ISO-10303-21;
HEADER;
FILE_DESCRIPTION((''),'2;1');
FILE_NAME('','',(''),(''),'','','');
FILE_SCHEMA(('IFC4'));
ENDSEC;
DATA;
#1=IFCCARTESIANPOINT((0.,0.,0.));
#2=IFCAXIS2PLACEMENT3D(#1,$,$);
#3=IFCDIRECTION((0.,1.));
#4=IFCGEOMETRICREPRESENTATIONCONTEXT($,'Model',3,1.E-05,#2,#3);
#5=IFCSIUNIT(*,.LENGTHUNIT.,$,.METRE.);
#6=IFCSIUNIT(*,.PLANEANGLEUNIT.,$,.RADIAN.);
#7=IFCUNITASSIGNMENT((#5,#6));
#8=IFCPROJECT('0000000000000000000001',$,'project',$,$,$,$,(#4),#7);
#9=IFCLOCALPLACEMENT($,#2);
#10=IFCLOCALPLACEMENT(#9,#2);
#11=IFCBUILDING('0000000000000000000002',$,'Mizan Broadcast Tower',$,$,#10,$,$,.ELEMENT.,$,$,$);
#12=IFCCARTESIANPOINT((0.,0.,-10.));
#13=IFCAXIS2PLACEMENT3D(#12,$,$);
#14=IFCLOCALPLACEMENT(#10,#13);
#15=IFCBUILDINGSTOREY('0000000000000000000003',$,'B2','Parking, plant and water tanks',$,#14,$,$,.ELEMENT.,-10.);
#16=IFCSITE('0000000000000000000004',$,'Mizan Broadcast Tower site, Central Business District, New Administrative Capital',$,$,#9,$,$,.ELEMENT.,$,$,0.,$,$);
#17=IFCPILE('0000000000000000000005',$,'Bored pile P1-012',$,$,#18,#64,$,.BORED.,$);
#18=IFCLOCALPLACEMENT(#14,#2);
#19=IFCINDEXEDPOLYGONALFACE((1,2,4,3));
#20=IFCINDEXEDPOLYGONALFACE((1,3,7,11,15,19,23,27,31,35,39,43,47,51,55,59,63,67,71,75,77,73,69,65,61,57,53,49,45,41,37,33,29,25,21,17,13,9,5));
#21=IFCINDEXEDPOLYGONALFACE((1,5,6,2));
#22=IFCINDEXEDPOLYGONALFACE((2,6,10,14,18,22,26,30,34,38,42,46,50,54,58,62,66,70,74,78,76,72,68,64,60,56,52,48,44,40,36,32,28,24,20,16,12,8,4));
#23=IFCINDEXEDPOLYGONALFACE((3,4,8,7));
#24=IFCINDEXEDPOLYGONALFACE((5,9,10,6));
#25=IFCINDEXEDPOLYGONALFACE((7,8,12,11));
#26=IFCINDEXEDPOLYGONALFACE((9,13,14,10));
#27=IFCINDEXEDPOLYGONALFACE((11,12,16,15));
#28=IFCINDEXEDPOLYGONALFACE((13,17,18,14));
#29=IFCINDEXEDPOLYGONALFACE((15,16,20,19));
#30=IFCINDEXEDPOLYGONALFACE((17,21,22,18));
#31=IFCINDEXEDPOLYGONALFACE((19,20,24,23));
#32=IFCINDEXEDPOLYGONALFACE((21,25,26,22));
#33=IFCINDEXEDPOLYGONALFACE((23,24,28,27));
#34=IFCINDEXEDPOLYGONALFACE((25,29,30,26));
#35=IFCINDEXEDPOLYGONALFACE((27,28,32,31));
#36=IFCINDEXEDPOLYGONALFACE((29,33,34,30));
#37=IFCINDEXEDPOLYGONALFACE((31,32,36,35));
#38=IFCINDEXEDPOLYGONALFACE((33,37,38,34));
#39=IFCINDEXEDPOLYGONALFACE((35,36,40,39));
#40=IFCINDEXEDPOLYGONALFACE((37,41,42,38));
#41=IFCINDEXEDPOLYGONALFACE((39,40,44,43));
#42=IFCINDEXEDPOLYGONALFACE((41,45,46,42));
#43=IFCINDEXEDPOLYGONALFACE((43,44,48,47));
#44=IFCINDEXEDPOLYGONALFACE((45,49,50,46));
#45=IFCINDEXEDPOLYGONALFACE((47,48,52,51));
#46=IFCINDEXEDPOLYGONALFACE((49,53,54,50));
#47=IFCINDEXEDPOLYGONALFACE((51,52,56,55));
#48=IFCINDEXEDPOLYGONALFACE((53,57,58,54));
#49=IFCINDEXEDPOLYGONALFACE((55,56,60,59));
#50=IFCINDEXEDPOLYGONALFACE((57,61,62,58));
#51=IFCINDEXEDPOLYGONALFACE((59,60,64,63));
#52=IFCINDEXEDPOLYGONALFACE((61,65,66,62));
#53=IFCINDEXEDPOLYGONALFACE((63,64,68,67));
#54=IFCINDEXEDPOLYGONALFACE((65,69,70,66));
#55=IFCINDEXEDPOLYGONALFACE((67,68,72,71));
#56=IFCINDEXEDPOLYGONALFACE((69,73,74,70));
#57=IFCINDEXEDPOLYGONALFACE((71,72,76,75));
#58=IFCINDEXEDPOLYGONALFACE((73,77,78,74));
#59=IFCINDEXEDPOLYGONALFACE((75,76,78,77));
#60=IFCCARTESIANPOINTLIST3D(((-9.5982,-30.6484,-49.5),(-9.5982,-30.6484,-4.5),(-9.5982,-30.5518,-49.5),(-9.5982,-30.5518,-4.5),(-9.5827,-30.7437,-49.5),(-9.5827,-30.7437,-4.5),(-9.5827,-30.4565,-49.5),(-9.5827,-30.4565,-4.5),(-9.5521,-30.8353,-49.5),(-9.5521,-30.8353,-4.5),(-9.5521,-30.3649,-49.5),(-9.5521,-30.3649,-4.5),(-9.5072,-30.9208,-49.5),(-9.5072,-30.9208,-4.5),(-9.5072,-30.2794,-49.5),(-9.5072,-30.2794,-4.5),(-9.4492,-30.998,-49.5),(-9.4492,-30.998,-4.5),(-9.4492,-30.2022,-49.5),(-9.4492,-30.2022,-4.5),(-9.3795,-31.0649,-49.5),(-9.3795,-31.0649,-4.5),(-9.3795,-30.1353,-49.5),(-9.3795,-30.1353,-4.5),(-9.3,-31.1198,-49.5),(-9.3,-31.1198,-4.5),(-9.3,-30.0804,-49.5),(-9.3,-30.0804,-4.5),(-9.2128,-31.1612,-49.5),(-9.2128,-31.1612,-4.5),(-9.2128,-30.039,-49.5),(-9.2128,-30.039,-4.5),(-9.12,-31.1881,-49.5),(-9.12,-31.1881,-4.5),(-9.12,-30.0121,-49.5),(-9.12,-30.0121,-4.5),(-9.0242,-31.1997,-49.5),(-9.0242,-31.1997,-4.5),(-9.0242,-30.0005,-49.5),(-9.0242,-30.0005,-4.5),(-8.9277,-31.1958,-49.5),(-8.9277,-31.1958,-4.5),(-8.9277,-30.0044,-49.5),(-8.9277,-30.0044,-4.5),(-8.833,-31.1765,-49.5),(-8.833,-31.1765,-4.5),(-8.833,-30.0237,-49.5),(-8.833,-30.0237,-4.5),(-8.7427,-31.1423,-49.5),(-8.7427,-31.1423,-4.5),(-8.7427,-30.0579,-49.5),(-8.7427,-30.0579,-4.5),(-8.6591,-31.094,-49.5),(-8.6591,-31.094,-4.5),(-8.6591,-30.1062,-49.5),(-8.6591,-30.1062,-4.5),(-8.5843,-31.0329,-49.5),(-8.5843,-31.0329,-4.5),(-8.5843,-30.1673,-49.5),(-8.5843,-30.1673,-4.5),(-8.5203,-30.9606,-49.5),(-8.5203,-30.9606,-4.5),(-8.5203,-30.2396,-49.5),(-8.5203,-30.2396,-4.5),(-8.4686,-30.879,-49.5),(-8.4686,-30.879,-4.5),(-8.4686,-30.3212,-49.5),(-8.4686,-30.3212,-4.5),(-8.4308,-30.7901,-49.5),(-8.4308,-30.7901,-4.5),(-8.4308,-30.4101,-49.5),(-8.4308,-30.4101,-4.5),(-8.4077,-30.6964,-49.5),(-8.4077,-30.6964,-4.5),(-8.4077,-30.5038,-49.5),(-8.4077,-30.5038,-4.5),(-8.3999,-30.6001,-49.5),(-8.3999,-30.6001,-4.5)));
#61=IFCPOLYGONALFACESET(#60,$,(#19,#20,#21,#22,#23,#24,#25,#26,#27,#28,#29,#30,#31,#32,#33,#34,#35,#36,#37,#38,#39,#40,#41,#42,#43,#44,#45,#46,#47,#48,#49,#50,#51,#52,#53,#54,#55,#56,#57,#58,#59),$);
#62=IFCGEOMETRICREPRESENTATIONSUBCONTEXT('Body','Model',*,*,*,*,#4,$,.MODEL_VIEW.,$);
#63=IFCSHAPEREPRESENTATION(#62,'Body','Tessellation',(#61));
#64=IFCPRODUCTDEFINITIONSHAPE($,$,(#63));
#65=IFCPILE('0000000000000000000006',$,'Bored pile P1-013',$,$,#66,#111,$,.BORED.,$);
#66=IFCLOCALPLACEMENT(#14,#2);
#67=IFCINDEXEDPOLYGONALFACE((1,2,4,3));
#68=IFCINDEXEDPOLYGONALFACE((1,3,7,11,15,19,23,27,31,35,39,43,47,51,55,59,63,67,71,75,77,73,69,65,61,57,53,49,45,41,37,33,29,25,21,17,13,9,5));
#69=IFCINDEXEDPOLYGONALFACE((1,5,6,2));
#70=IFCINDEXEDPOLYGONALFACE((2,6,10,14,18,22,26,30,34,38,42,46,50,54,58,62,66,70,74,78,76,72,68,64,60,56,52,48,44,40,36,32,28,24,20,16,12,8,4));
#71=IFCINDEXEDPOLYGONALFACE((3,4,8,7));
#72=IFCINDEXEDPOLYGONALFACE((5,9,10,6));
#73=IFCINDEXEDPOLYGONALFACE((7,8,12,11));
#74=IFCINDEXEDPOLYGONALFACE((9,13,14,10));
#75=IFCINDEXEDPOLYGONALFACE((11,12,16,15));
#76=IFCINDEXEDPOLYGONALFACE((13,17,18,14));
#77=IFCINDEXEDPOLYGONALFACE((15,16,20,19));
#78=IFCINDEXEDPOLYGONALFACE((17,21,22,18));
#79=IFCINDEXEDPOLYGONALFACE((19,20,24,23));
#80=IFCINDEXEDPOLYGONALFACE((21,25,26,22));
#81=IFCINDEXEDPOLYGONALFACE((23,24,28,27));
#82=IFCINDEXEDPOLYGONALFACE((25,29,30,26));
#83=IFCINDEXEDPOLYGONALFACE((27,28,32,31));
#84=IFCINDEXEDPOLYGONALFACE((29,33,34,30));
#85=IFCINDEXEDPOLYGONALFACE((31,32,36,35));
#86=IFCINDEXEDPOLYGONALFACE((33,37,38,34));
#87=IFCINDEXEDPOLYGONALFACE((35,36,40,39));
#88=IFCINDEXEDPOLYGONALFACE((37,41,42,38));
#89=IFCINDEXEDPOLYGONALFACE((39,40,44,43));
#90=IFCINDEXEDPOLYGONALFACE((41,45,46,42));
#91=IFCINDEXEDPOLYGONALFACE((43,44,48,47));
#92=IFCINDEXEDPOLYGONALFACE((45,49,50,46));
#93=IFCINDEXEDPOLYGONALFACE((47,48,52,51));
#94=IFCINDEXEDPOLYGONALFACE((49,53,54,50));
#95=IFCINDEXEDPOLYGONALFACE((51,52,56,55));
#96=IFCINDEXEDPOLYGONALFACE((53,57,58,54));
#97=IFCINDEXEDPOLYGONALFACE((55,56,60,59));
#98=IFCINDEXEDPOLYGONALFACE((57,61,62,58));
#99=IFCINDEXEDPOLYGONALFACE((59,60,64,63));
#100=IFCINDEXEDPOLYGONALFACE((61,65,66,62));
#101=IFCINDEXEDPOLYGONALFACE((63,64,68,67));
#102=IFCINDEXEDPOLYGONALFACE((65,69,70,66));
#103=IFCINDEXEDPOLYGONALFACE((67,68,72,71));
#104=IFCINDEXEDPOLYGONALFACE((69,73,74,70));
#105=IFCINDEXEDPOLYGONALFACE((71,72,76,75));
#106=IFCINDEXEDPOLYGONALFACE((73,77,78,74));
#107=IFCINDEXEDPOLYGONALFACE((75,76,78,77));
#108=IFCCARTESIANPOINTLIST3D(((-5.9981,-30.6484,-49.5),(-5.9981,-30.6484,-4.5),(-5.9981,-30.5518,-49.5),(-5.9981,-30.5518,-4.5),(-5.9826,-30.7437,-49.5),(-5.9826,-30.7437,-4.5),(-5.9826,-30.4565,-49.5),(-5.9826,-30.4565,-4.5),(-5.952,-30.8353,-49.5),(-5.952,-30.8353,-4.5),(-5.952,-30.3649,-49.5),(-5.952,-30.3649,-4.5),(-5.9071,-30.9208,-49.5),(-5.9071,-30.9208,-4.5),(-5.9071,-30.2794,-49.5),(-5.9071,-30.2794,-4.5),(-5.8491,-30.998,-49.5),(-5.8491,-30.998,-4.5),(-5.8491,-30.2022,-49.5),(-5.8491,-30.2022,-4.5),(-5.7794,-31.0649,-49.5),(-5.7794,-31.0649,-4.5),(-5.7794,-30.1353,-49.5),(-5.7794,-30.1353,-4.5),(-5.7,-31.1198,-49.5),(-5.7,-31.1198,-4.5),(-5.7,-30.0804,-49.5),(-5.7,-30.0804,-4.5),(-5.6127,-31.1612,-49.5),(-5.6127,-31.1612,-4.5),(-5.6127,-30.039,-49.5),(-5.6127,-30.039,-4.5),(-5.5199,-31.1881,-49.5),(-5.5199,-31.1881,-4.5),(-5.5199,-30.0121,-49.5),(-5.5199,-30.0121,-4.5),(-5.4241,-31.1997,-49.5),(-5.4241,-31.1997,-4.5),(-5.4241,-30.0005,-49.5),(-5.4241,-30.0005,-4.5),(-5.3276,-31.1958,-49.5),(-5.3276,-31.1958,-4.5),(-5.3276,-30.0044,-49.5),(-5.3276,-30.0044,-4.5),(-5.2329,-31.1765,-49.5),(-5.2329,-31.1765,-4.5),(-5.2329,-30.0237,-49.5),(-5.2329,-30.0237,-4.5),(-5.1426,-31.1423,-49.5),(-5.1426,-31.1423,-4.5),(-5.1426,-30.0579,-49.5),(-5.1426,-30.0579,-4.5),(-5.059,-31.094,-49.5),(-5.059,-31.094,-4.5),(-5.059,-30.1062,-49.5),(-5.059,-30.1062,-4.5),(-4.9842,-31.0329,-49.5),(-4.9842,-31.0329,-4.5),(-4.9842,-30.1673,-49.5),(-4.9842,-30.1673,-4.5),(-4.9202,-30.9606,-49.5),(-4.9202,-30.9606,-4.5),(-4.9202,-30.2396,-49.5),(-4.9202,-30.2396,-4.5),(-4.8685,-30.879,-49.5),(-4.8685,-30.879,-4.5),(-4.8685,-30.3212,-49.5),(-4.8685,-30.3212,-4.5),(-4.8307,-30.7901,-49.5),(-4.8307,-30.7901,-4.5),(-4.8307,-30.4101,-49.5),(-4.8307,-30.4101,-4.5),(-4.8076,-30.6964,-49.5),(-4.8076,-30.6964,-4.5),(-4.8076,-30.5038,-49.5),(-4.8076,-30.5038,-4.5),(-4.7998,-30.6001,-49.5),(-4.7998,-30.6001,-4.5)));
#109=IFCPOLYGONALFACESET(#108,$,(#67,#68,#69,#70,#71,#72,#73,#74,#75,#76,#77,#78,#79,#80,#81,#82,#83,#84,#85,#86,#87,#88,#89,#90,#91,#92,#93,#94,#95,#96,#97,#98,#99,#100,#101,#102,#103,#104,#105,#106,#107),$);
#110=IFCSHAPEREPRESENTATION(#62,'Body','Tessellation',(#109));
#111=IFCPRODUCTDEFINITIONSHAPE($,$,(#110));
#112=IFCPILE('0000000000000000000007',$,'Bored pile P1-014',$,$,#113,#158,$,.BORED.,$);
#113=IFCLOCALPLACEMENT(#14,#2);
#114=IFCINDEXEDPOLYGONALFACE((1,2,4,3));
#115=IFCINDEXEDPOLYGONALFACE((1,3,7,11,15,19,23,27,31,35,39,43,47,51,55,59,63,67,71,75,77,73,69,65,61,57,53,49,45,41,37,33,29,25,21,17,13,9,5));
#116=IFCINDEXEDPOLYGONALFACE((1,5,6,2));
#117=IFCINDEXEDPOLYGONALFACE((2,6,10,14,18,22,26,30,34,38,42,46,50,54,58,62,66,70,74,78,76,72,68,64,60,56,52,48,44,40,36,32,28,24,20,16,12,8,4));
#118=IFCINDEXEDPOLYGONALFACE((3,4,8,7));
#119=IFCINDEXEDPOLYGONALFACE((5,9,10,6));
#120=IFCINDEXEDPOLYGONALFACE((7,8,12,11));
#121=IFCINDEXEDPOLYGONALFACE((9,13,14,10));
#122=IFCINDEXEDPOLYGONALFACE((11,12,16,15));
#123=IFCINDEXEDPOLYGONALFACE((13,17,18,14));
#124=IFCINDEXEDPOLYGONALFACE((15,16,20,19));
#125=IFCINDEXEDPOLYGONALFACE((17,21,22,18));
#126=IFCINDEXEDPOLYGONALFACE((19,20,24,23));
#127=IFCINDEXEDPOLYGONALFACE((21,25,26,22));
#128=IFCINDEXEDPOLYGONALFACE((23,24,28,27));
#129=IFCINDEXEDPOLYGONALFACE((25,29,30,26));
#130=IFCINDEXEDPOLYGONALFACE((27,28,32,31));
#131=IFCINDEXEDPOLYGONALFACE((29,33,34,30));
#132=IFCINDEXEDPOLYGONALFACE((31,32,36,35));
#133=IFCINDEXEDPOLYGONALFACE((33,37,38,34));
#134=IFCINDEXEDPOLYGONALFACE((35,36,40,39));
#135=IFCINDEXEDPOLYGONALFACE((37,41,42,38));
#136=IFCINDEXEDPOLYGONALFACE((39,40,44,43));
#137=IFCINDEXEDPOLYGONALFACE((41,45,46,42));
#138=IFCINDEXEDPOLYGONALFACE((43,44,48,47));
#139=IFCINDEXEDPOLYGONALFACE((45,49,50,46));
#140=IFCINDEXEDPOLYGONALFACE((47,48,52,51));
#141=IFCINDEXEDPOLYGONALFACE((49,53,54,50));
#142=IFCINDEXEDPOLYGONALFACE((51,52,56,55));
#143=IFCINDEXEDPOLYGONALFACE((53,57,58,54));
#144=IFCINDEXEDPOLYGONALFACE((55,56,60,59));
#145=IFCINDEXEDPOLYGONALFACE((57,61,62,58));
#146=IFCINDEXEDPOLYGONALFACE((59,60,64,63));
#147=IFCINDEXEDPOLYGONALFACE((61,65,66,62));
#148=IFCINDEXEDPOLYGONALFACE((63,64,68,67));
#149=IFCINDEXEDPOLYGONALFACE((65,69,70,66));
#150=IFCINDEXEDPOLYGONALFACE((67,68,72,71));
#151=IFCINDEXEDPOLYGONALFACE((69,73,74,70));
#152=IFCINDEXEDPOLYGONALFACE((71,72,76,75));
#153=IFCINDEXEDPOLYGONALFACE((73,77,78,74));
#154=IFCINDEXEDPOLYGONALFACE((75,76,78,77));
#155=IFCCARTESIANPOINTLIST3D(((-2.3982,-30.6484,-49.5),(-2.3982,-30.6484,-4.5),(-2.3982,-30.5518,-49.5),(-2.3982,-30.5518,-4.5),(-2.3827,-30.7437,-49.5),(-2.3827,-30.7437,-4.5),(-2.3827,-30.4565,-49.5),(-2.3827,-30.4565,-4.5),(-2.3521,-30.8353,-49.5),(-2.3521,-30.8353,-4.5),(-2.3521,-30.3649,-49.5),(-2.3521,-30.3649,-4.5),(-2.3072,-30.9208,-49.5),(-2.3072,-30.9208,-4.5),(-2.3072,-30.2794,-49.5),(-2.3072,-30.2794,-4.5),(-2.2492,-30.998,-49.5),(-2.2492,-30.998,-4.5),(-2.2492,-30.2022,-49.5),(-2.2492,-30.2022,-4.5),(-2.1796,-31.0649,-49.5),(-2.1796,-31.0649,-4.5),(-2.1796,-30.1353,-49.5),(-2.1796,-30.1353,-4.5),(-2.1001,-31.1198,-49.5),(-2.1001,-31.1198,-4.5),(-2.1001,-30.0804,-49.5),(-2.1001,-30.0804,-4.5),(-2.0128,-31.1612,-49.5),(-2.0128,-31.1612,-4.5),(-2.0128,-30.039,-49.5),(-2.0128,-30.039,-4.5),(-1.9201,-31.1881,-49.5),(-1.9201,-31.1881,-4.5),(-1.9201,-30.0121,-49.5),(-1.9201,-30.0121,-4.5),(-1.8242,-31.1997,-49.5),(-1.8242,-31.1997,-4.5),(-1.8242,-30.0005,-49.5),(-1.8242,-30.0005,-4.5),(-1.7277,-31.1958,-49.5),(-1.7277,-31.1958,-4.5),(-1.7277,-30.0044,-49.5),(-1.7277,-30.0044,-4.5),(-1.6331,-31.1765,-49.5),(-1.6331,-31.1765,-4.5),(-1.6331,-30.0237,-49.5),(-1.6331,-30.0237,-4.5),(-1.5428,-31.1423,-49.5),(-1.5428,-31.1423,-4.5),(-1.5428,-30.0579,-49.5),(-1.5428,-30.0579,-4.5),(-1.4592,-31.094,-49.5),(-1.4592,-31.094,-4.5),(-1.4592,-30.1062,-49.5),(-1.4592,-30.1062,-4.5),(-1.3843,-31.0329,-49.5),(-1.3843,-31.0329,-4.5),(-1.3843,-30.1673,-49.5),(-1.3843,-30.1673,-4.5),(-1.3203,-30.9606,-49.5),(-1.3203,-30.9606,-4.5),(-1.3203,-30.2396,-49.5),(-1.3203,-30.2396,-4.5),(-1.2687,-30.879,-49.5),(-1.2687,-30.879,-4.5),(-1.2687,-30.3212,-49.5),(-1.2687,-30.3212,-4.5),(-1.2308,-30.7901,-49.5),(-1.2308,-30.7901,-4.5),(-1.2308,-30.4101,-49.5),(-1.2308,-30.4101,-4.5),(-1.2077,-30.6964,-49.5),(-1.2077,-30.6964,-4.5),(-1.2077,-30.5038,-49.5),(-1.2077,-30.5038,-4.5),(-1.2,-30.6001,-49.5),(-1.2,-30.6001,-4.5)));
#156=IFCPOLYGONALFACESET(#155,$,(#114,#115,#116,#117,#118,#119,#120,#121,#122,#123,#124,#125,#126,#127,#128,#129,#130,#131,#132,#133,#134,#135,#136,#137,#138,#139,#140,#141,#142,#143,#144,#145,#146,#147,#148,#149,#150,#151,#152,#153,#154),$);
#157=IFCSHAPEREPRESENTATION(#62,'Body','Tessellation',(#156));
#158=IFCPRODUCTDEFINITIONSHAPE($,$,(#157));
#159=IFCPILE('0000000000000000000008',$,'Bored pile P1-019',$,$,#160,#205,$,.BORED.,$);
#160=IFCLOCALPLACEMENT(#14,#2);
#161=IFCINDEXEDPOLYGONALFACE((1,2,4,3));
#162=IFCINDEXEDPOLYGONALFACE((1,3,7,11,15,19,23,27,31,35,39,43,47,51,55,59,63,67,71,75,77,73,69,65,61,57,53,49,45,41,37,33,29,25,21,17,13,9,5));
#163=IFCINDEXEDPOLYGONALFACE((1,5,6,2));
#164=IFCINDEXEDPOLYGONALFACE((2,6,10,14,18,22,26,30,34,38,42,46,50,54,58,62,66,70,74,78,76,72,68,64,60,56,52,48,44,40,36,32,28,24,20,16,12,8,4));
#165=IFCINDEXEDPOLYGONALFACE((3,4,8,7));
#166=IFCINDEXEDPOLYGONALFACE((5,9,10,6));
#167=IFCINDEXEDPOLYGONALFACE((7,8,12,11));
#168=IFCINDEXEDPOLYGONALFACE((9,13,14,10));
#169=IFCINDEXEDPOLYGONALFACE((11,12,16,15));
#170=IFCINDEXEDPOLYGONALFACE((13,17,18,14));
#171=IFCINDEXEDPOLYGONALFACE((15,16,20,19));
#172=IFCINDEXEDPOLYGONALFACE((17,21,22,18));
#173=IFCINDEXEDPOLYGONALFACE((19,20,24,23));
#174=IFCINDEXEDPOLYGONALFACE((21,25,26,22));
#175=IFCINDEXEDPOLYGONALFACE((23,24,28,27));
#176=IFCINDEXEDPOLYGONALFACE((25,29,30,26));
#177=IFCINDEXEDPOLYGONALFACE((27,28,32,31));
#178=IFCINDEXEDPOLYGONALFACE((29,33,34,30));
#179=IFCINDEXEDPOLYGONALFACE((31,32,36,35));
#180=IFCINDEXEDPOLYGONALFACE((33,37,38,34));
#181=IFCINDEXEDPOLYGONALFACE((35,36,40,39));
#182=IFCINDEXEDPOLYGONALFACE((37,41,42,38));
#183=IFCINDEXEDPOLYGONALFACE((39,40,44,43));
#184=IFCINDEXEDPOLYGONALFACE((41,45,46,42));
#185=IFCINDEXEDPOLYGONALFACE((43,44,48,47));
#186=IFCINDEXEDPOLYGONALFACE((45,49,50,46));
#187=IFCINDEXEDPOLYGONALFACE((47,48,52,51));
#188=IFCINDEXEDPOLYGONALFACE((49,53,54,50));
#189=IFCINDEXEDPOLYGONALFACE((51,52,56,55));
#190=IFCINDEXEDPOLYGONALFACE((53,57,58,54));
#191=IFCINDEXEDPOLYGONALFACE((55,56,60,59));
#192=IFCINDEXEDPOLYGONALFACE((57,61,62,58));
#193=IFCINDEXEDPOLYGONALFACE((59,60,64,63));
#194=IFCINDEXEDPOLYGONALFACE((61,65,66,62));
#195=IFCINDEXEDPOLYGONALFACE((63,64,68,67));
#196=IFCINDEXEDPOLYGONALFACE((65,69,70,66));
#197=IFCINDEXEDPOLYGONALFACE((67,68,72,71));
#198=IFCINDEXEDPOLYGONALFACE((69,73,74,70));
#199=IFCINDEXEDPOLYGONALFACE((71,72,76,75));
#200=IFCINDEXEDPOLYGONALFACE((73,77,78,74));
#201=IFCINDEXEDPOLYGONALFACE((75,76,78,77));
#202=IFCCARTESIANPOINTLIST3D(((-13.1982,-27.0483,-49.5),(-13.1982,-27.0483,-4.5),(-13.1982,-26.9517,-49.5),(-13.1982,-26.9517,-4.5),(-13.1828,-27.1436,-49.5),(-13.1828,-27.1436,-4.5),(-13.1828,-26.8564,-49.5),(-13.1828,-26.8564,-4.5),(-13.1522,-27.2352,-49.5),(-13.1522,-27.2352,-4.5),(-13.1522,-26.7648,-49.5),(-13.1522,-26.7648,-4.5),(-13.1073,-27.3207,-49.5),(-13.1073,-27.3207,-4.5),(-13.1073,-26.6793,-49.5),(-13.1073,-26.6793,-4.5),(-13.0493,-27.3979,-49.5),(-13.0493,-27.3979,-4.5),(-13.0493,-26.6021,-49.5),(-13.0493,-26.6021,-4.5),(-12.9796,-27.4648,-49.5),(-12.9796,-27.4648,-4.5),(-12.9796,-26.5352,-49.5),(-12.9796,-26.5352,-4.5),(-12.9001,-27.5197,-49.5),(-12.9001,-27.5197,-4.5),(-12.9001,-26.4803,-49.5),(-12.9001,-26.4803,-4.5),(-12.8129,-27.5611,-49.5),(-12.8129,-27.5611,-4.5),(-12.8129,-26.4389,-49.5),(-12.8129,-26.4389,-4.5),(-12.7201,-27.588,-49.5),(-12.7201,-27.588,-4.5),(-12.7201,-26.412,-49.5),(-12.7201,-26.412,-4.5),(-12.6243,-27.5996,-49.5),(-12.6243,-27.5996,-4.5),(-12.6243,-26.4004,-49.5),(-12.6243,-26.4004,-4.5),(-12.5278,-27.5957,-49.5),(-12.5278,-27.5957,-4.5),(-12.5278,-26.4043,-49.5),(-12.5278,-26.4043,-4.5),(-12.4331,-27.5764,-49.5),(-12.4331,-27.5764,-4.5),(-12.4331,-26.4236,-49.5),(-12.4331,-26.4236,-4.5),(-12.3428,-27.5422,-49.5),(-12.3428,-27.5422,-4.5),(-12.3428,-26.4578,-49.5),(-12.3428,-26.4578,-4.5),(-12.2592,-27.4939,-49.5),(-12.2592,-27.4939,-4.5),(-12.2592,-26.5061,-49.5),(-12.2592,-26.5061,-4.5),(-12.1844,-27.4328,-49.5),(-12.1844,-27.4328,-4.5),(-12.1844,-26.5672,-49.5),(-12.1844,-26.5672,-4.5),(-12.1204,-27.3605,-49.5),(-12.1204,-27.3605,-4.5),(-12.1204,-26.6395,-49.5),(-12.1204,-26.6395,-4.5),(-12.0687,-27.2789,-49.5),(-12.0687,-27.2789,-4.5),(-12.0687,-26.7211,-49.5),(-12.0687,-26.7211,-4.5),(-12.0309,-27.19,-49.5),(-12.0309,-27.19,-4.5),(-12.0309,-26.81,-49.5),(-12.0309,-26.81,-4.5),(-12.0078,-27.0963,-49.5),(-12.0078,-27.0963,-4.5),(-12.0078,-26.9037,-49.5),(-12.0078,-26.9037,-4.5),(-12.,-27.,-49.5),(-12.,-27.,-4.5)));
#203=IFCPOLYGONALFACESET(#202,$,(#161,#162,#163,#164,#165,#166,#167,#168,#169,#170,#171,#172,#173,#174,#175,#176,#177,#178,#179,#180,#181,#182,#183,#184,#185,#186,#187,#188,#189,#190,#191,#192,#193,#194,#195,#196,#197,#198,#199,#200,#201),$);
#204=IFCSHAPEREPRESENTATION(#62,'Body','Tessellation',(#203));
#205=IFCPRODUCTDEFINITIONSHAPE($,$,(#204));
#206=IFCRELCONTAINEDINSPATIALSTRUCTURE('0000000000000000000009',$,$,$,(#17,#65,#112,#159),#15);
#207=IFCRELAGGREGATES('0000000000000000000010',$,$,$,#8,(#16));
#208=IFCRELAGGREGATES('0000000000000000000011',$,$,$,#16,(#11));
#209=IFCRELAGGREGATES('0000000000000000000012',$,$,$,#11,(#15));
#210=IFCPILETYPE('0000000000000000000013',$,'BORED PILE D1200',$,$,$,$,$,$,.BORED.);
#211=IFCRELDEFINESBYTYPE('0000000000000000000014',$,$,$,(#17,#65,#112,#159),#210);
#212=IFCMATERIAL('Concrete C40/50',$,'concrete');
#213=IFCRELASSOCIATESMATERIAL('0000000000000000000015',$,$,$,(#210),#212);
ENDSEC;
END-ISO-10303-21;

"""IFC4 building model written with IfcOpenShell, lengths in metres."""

from ifc_helpers import new_model, si_unit, direction, frame, origin, origin_2d, place, context, subcontext, project, spatial, circle, extrude, material, material_profile, profile_set, type_object, element, save


model = new_model("IFC4")

# Units and contexts
model_context = context("Model", 3, precision=1e-05, world=origin(), true_north=direction((0.0, 1.0)))
body_context = subcontext(model_context, "Body", "Model", "MODEL_VIEW")
ifc_project = project(units=[si_unit("LENGTHUNIT", "METRE"), si_unit("PLANEANGLEUNIT", "RADIAN")], contexts=[model_context])

# Site, building, storey
site_placement = place(None, origin())
site = spatial("IfcSite", under=ifc_project, at=site_placement, Name="Mizan Broadcast Tower site, Central Business District, New Administrative Capital", CompositionType="ELEMENT", RefElevation=0.0)
building_placement = place(site_placement, origin())
building = spatial("IfcBuilding", under=site, at=building_placement, Name="Mizan Broadcast Tower", CompositionType="ELEMENT")
storey_placement = place(building_placement, frame((0.0, 0.0, -10.0)))
storey = spatial("IfcBuildingStorey", under=building, at=storey_placement, Name="B2", Description="Parking, plant and water tanks", CompositionType="ELEMENT", Elevation=-10.0)

# Piles
ifc_material_1 = material(Name="Concrete C40/50", Category="concrete")
ifc_material_profile_1 = material_profile(ifc_material_1, circle(Radius=0.6001, at=origin_2d()), Name="D1200")
ifc_profile_set_1 = profile_set([ifc_material_profile_1], Name="Concrete C40/50")
pile_type_1 = type_object("IfcPileType", Name="BORED PILE D1200", PredefinedType="BORED", material=ifc_profile_set_1)
for number, where, z_axis, x_axis, name in (
    (1, (-9.0, -30.6001, -4.5), (0.0, 0.0, -1.0), (1.0, 0.0, 0.0), "Bored pile P1-012"),
    (2, (-5.3999, -30.6001, -4.5), (0.0, 0.0, -1.0), (1.0, 0.0, 0.0), "Bored pile P1-013"),
    (3, (-1.8, -30.6001, -4.5), (0.0, 0.0, -1.0), (1.0, 0.0, 0.0), "Bored pile P1-014"),
    (4, (-12.6001, -27.0, -4.5), (0.0, 0.0, -1.0), (1.0, 0.0, 0.0), "Bored pile P1-019"),
):
    element("IfcPile", number, at=place(storey_placement, frame(where, z_axis=z_axis, x_axis=x_axis)), inside=storey, type_object=pile_type_1, Name=name, PredefinedType="BORED", context=body_context, shape_type="SweptSolid", body=[
        extrude(circle(Radius=0.6001, at=origin_2d()), origin(), (0.0, 0.0, 1.0), 45.0),
    ])

save(model, "model.ifc")
